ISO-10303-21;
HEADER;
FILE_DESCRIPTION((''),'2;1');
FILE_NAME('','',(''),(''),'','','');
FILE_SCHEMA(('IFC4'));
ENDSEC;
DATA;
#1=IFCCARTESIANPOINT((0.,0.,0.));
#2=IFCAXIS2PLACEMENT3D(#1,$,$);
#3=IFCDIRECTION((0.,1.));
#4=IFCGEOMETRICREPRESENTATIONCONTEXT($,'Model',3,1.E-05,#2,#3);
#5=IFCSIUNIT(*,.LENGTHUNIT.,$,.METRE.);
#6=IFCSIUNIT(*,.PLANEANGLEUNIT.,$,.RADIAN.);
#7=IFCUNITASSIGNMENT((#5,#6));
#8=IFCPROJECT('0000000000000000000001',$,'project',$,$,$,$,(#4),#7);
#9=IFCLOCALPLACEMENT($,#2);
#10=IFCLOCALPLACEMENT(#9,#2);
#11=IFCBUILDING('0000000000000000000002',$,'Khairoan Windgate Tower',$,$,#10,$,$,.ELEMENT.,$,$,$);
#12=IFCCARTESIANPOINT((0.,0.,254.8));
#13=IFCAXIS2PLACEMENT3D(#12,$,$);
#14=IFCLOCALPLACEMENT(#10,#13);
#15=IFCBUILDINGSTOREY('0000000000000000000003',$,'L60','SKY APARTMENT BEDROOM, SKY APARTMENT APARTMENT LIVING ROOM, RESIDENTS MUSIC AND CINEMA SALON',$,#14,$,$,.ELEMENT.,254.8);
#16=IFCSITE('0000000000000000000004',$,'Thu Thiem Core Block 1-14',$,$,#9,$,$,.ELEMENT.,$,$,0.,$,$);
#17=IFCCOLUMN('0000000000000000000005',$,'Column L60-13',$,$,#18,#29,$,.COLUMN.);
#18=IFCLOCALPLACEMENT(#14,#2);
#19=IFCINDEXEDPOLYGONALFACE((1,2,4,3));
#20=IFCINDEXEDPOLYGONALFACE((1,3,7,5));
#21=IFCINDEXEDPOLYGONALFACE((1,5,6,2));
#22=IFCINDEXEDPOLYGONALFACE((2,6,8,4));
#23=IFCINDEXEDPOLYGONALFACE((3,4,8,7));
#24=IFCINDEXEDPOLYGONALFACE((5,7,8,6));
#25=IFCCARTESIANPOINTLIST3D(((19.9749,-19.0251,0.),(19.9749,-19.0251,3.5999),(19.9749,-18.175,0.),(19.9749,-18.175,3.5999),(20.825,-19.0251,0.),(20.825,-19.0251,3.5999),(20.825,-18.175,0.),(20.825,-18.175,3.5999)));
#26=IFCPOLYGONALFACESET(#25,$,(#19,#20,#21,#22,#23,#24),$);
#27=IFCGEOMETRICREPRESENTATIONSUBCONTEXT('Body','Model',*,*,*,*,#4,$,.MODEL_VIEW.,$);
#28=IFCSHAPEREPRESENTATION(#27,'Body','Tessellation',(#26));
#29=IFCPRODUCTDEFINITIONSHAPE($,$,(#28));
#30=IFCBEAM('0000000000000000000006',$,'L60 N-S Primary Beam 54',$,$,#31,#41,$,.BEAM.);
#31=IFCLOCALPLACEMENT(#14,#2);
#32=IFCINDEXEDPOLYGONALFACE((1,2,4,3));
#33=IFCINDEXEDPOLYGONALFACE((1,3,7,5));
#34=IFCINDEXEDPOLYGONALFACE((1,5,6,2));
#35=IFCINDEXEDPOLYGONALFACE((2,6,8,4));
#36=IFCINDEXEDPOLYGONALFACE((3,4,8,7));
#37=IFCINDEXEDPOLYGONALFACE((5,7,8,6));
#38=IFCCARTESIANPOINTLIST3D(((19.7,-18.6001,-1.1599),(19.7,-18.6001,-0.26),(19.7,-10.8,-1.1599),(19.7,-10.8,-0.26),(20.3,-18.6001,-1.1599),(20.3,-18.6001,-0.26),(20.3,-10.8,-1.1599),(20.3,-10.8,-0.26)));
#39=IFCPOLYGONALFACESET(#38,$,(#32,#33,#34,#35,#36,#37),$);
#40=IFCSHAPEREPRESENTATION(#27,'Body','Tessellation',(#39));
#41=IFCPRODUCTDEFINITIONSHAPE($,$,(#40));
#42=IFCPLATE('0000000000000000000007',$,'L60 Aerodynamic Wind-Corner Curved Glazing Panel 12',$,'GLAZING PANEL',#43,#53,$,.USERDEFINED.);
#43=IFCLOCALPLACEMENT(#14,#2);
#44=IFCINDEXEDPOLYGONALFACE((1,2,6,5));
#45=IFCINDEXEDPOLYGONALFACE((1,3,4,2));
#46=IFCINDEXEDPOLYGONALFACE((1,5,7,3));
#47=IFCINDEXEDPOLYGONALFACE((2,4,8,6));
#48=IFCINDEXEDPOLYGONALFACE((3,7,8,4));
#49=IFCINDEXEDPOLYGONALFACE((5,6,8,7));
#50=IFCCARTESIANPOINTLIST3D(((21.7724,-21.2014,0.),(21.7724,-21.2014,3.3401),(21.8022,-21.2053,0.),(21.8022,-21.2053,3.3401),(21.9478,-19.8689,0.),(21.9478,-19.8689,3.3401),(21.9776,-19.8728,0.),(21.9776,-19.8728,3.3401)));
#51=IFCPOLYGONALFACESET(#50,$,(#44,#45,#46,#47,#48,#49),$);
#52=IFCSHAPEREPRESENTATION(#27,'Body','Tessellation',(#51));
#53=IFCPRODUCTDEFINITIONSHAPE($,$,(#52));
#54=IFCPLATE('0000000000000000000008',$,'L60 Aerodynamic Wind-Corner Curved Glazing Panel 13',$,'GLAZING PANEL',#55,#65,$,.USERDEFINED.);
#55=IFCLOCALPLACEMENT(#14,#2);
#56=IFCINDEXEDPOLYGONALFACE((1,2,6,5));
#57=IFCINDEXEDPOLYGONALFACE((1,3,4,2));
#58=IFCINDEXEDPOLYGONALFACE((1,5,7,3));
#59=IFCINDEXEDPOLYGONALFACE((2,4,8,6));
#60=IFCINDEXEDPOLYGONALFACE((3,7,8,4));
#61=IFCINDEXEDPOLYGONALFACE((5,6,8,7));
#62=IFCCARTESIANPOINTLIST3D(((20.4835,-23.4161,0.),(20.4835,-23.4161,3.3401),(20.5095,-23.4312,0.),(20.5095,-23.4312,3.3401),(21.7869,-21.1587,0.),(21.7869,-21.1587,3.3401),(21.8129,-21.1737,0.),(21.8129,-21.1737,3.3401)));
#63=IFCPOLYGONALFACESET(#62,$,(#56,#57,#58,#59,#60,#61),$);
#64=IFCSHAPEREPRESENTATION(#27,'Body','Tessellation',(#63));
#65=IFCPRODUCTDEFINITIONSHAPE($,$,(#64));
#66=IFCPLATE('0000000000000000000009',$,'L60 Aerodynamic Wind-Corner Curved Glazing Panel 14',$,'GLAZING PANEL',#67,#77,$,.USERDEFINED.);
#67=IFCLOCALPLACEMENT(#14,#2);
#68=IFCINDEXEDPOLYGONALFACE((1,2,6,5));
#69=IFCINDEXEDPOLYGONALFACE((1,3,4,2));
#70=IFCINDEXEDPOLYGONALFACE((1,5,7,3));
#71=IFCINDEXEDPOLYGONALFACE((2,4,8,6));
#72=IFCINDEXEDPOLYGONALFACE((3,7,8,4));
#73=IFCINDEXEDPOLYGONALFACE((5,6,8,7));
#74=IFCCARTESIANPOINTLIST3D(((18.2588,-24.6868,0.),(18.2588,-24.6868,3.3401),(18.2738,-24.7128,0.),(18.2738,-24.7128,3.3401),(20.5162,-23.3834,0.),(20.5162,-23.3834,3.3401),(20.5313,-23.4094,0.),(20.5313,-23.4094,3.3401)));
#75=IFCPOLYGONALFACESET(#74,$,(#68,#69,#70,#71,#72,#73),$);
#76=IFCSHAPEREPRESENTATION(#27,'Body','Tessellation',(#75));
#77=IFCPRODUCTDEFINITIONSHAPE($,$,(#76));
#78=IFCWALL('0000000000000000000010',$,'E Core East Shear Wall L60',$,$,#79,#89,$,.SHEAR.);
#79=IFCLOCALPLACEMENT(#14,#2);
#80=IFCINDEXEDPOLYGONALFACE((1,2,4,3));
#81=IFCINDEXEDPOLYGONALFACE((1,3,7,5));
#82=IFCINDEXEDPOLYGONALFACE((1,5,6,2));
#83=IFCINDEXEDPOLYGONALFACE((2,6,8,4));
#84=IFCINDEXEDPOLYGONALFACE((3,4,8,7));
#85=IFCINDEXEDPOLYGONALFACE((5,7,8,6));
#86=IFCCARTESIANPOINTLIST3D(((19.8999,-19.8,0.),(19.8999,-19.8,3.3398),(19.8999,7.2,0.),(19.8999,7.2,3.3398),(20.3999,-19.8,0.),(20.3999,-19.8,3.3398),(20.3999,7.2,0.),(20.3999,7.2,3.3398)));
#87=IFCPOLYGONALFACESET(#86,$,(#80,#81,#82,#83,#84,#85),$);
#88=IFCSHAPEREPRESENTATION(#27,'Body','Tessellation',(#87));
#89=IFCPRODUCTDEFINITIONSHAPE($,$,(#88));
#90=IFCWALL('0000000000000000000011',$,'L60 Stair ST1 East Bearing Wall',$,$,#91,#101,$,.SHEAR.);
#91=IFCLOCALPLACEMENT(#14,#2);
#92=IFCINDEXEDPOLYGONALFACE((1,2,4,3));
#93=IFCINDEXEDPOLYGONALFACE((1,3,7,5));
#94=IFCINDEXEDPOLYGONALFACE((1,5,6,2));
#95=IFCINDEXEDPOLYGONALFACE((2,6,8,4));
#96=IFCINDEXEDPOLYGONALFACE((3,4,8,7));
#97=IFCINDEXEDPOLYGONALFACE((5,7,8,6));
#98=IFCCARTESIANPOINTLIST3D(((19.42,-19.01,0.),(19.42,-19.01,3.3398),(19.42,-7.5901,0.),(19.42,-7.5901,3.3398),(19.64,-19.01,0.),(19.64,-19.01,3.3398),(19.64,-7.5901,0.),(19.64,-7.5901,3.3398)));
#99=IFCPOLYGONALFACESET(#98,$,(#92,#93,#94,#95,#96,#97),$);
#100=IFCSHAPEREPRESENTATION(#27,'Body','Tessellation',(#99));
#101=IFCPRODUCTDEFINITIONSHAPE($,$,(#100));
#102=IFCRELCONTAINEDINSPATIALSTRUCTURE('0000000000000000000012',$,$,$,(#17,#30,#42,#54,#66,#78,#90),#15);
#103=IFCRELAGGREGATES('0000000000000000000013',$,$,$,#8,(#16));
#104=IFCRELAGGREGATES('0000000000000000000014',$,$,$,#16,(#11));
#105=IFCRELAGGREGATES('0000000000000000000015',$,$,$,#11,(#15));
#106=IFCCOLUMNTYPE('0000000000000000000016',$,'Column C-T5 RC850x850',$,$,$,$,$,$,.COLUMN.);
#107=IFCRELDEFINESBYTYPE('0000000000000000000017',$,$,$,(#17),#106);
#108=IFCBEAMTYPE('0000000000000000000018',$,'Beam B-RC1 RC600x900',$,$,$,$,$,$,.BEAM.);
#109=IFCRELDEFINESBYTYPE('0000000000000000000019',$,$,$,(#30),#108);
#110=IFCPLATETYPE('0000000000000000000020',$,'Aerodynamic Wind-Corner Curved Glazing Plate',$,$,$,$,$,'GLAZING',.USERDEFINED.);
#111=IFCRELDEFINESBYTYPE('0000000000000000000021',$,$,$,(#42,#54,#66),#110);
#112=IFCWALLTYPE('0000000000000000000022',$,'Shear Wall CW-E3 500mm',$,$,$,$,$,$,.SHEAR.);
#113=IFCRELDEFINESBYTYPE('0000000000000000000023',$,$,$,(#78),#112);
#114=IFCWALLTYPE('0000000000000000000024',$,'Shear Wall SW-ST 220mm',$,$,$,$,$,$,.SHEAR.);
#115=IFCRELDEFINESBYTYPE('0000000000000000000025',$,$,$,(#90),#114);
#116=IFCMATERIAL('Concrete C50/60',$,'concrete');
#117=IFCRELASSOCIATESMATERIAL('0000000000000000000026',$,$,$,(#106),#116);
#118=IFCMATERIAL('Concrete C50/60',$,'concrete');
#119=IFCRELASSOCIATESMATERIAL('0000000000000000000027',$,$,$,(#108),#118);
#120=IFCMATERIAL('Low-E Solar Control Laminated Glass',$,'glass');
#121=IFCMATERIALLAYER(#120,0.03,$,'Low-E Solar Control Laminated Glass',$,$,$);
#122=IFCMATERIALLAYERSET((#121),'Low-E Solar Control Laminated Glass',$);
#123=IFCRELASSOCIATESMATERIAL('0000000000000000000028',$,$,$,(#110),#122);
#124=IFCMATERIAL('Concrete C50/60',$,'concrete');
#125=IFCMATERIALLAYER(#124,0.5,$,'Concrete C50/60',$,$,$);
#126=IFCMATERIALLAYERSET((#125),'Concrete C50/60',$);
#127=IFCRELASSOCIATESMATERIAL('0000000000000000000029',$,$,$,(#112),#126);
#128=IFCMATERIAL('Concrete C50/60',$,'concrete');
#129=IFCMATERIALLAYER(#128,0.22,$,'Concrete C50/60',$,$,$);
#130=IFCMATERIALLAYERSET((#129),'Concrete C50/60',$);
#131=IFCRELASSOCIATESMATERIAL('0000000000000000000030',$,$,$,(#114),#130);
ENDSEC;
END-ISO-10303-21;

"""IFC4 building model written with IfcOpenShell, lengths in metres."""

from ifc_helpers import new_model, si_unit, direction, frame, frame_2d, origin, origin_2d, place, context, subcontext, project, spatial, rectangle, extrude, material, layer, layer_set, material_profile, profile_set, type_object, element, save


model = new_model("IFC4")

# Units and contexts
model_context = context("Model", 3, precision=1e-05, world=origin(), true_north=direction((0.0, 1.0)))
body_context = subcontext(model_context, "Body", "Model", "MODEL_VIEW")
ifc_project = project(units=[si_unit("LENGTHUNIT", "METRE"), si_unit("PLANEANGLEUNIT", "RADIAN")], contexts=[model_context])

# Site, building, storey
site_placement = place(None, origin())
site = spatial("IfcSite", under=ifc_project, at=site_placement, Name="Thu Thiem Core Block 1-14", CompositionType="ELEMENT", RefElevation=0.0)
building_placement = place(site_placement, origin())
building = spatial("IfcBuilding", under=site, at=building_placement, Name="Khairoan Windgate Tower", CompositionType="ELEMENT")
storey_placement = place(building_placement, frame((0.0, 0.0, 254.8)))
storey = spatial("IfcBuildingStorey", under=building, at=storey_placement, Name="L60", Description="SKY APARTMENT BEDROOM, SKY APARTMENT APARTMENT LIVING ROOM, RESIDENTS MUSIC AND CINEMA SALON", CompositionType="ELEMENT", Elevation=254.8)

# Column
ifc_material_1 = material(Name="Concrete C50/60", Category="concrete")
ifc_material_profile_1 = material_profile(ifc_material_1, rectangle(XDim=0.8501, YDim=0.8501, at=origin_2d()))
ifc_profile_set_1 = profile_set([ifc_material_profile_1], Name="Concrete C50/60")
column_type = type_object("IfcColumnType", Name="Column C-T5 RC850x850", PredefinedType="COLUMN", material=ifc_profile_set_1)
column_placement = place(storey_placement, frame((20.3999, -18.6001, 0.0), z_axis=(0.0, 0.0, 1.0), x_axis=(1.0, 0.0, 0.0)))
element("IfcColumn", 1, at=column_placement, inside=storey, type_object=column_type, Name="Column L60-13", PredefinedType="COLUMN", context=body_context, shape_type="SweptSolid", body=[
    extrude(rectangle(XDim=0.8501, YDim=0.8501, at=origin_2d()), origin(), (0.0, 0.0, 1.0), 3.5999),
])

# Beam
ifc_material_2 = material(Name="Concrete C50/60", Category="concrete")
ifc_material_profile_2 = material_profile(ifc_material_2, rectangle(XDim=0.6001, YDim=0.8999, at=origin_2d()))
ifc_profile_set_2 = profile_set([ifc_material_profile_2], Name="Concrete C50/60")
beam_type = type_object("IfcBeamType", Name="Beam B-RC1 RC600x900", PredefinedType="BEAM", material=ifc_profile_set_2)
beam_placement = place(storey_placement, frame((20.0, -18.6001, -0.71), z_axis=(0.0, 1.0, 0.0), x_axis=(-1.0, 0.0, 0.0)))
element("IfcBeam", 2, at=beam_placement, inside=storey, type_object=beam_type, Name="L60 N-S Primary Beam 54", PredefinedType="BEAM", context=body_context, shape_type="SweptSolid", body=[
    extrude(rectangle(XDim=0.6001, YDim=0.8999, at=origin_2d()), origin(), (0.0, 0.0, 1.0), 7.8),
])

# Plates
ifc_material_3 = material(Name="Low-E Solar Control Laminated Glass", Category="glass")
ifc_layer_1 = layer(ifc_material_3, 0.03, Name="Low-E Solar Control Laminated Glass")
ifc_layer_set_1 = layer_set([ifc_layer_1], Name="Low-E Solar Control Laminated Glass")
plate_type_1 = type_object("IfcPlateType", Name="Aerodynamic Wind-Corner Curved Glazing Plate", ElementType="GLAZING", PredefinedType="USERDEFINED", material=ifc_layer_set_1)
plate_1_placement = place(storey_placement, frame((21.875, -20.5371, 0.0), z_axis=(0.0, 0.0, 1.0), x_axis=(-0.130526, -0.991445, 0.0)))
element("IfcPlate", 3, at=plate_1_placement, inside=storey, type_object=plate_type_1, Name="L60 Aerodynamic Wind-Corner Curved Glazing Panel 12", ObjectType="GLAZING PANEL", PredefinedType="USERDEFINED", context=body_context, shape_type="SweptSolid", body=[
    extrude(rectangle(XDim=1.344, YDim=0.03, at=origin_2d()), origin(), (0.0, 0.0, 1.0), 3.3401),
])
for number, where, z_axis, x_axis, name in (
    (4, (21.1482, -22.2949, 0.0), (0.0, 0.0, 1.0), (-0.5, -0.866025, 0.0), "L60 Aerodynamic Wind-Corner Curved Glazing Panel 13"),
    (5, (19.395, -24.0481, 0.0), (0.0, 0.0, 1.0), (-0.866025, -0.5, 0.0), "L60 Aerodynamic Wind-Corner Curved Glazing Panel 14"),
):
    element("IfcPlate", number, at=place(storey_placement, frame(where, z_axis=z_axis, x_axis=x_axis)), inside=storey, type_object=plate_type_1, Name=name, ObjectType="GLAZING PANEL", PredefinedType="USERDEFINED", context=body_context, shape_type="SweptSolid", body=[
        extrude(rectangle(XDim=2.6067, YDim=0.03, at=origin_2d()), origin(), (0.0, 0.0, 1.0), 3.3401),
    ])

# Walls
ifc_material_4 = material(Name="Concrete C50/60", Category="concrete")
ifc_layer_2 = layer(ifc_material_4, 0.5, Name="Concrete C50/60")
ifc_layer_set_2 = layer_set([ifc_layer_2], Name="Concrete C50/60")
wall_type_1 = type_object("IfcWallType", Name="Shear Wall CW-E3 500mm", PredefinedType="SHEAR", material=ifc_layer_set_2)
wall_1_placement = place(storey_placement, frame((20.1499, -19.8, 0.0), z_axis=(0.0, 0.0, 1.0), x_axis=(0.0, 1.0, 0.0)))
element("IfcWall", 6, at=wall_1_placement, inside=storey, type_object=wall_type_1, Name="E Core East Shear Wall L60", PredefinedType="SHEAR", context=body_context, shape_type="SweptSolid", body=[
    extrude(rectangle(XDim=27.0, YDim=0.5, at=frame_2d((13.5, 0.0))), origin(), (0.0, 0.0, 1.0), 3.3398),
])
ifc_material_5 = material(Name="Concrete C50/60", Category="concrete")
ifc_layer_3 = layer(ifc_material_5, 0.22, Name="Concrete C50/60")
ifc_layer_set_3 = layer_set([ifc_layer_3], Name="Concrete C50/60")
wall_type_2 = type_object("IfcWallType", Name="Shear Wall SW-ST 220mm", PredefinedType="SHEAR", material=ifc_layer_set_3)
wall_2_placement = place(storey_placement, frame((19.53, -19.01, 0.0), z_axis=(0.0, 0.0, 1.0), x_axis=(0.0, 1.0, 0.0)))
element("IfcWall", 7, at=wall_2_placement, inside=storey, type_object=wall_type_2, Name="L60 Stair ST1 East Bearing Wall", PredefinedType="SHEAR", context=body_context, shape_type="SweptSolid", body=[
    extrude(rectangle(XDim=11.4199, YDim=0.22, at=frame_2d((5.71, 0.0))), origin(), (0.0, 0.0, 1.0), 3.3398),
])

save(model, "model.ifc")
